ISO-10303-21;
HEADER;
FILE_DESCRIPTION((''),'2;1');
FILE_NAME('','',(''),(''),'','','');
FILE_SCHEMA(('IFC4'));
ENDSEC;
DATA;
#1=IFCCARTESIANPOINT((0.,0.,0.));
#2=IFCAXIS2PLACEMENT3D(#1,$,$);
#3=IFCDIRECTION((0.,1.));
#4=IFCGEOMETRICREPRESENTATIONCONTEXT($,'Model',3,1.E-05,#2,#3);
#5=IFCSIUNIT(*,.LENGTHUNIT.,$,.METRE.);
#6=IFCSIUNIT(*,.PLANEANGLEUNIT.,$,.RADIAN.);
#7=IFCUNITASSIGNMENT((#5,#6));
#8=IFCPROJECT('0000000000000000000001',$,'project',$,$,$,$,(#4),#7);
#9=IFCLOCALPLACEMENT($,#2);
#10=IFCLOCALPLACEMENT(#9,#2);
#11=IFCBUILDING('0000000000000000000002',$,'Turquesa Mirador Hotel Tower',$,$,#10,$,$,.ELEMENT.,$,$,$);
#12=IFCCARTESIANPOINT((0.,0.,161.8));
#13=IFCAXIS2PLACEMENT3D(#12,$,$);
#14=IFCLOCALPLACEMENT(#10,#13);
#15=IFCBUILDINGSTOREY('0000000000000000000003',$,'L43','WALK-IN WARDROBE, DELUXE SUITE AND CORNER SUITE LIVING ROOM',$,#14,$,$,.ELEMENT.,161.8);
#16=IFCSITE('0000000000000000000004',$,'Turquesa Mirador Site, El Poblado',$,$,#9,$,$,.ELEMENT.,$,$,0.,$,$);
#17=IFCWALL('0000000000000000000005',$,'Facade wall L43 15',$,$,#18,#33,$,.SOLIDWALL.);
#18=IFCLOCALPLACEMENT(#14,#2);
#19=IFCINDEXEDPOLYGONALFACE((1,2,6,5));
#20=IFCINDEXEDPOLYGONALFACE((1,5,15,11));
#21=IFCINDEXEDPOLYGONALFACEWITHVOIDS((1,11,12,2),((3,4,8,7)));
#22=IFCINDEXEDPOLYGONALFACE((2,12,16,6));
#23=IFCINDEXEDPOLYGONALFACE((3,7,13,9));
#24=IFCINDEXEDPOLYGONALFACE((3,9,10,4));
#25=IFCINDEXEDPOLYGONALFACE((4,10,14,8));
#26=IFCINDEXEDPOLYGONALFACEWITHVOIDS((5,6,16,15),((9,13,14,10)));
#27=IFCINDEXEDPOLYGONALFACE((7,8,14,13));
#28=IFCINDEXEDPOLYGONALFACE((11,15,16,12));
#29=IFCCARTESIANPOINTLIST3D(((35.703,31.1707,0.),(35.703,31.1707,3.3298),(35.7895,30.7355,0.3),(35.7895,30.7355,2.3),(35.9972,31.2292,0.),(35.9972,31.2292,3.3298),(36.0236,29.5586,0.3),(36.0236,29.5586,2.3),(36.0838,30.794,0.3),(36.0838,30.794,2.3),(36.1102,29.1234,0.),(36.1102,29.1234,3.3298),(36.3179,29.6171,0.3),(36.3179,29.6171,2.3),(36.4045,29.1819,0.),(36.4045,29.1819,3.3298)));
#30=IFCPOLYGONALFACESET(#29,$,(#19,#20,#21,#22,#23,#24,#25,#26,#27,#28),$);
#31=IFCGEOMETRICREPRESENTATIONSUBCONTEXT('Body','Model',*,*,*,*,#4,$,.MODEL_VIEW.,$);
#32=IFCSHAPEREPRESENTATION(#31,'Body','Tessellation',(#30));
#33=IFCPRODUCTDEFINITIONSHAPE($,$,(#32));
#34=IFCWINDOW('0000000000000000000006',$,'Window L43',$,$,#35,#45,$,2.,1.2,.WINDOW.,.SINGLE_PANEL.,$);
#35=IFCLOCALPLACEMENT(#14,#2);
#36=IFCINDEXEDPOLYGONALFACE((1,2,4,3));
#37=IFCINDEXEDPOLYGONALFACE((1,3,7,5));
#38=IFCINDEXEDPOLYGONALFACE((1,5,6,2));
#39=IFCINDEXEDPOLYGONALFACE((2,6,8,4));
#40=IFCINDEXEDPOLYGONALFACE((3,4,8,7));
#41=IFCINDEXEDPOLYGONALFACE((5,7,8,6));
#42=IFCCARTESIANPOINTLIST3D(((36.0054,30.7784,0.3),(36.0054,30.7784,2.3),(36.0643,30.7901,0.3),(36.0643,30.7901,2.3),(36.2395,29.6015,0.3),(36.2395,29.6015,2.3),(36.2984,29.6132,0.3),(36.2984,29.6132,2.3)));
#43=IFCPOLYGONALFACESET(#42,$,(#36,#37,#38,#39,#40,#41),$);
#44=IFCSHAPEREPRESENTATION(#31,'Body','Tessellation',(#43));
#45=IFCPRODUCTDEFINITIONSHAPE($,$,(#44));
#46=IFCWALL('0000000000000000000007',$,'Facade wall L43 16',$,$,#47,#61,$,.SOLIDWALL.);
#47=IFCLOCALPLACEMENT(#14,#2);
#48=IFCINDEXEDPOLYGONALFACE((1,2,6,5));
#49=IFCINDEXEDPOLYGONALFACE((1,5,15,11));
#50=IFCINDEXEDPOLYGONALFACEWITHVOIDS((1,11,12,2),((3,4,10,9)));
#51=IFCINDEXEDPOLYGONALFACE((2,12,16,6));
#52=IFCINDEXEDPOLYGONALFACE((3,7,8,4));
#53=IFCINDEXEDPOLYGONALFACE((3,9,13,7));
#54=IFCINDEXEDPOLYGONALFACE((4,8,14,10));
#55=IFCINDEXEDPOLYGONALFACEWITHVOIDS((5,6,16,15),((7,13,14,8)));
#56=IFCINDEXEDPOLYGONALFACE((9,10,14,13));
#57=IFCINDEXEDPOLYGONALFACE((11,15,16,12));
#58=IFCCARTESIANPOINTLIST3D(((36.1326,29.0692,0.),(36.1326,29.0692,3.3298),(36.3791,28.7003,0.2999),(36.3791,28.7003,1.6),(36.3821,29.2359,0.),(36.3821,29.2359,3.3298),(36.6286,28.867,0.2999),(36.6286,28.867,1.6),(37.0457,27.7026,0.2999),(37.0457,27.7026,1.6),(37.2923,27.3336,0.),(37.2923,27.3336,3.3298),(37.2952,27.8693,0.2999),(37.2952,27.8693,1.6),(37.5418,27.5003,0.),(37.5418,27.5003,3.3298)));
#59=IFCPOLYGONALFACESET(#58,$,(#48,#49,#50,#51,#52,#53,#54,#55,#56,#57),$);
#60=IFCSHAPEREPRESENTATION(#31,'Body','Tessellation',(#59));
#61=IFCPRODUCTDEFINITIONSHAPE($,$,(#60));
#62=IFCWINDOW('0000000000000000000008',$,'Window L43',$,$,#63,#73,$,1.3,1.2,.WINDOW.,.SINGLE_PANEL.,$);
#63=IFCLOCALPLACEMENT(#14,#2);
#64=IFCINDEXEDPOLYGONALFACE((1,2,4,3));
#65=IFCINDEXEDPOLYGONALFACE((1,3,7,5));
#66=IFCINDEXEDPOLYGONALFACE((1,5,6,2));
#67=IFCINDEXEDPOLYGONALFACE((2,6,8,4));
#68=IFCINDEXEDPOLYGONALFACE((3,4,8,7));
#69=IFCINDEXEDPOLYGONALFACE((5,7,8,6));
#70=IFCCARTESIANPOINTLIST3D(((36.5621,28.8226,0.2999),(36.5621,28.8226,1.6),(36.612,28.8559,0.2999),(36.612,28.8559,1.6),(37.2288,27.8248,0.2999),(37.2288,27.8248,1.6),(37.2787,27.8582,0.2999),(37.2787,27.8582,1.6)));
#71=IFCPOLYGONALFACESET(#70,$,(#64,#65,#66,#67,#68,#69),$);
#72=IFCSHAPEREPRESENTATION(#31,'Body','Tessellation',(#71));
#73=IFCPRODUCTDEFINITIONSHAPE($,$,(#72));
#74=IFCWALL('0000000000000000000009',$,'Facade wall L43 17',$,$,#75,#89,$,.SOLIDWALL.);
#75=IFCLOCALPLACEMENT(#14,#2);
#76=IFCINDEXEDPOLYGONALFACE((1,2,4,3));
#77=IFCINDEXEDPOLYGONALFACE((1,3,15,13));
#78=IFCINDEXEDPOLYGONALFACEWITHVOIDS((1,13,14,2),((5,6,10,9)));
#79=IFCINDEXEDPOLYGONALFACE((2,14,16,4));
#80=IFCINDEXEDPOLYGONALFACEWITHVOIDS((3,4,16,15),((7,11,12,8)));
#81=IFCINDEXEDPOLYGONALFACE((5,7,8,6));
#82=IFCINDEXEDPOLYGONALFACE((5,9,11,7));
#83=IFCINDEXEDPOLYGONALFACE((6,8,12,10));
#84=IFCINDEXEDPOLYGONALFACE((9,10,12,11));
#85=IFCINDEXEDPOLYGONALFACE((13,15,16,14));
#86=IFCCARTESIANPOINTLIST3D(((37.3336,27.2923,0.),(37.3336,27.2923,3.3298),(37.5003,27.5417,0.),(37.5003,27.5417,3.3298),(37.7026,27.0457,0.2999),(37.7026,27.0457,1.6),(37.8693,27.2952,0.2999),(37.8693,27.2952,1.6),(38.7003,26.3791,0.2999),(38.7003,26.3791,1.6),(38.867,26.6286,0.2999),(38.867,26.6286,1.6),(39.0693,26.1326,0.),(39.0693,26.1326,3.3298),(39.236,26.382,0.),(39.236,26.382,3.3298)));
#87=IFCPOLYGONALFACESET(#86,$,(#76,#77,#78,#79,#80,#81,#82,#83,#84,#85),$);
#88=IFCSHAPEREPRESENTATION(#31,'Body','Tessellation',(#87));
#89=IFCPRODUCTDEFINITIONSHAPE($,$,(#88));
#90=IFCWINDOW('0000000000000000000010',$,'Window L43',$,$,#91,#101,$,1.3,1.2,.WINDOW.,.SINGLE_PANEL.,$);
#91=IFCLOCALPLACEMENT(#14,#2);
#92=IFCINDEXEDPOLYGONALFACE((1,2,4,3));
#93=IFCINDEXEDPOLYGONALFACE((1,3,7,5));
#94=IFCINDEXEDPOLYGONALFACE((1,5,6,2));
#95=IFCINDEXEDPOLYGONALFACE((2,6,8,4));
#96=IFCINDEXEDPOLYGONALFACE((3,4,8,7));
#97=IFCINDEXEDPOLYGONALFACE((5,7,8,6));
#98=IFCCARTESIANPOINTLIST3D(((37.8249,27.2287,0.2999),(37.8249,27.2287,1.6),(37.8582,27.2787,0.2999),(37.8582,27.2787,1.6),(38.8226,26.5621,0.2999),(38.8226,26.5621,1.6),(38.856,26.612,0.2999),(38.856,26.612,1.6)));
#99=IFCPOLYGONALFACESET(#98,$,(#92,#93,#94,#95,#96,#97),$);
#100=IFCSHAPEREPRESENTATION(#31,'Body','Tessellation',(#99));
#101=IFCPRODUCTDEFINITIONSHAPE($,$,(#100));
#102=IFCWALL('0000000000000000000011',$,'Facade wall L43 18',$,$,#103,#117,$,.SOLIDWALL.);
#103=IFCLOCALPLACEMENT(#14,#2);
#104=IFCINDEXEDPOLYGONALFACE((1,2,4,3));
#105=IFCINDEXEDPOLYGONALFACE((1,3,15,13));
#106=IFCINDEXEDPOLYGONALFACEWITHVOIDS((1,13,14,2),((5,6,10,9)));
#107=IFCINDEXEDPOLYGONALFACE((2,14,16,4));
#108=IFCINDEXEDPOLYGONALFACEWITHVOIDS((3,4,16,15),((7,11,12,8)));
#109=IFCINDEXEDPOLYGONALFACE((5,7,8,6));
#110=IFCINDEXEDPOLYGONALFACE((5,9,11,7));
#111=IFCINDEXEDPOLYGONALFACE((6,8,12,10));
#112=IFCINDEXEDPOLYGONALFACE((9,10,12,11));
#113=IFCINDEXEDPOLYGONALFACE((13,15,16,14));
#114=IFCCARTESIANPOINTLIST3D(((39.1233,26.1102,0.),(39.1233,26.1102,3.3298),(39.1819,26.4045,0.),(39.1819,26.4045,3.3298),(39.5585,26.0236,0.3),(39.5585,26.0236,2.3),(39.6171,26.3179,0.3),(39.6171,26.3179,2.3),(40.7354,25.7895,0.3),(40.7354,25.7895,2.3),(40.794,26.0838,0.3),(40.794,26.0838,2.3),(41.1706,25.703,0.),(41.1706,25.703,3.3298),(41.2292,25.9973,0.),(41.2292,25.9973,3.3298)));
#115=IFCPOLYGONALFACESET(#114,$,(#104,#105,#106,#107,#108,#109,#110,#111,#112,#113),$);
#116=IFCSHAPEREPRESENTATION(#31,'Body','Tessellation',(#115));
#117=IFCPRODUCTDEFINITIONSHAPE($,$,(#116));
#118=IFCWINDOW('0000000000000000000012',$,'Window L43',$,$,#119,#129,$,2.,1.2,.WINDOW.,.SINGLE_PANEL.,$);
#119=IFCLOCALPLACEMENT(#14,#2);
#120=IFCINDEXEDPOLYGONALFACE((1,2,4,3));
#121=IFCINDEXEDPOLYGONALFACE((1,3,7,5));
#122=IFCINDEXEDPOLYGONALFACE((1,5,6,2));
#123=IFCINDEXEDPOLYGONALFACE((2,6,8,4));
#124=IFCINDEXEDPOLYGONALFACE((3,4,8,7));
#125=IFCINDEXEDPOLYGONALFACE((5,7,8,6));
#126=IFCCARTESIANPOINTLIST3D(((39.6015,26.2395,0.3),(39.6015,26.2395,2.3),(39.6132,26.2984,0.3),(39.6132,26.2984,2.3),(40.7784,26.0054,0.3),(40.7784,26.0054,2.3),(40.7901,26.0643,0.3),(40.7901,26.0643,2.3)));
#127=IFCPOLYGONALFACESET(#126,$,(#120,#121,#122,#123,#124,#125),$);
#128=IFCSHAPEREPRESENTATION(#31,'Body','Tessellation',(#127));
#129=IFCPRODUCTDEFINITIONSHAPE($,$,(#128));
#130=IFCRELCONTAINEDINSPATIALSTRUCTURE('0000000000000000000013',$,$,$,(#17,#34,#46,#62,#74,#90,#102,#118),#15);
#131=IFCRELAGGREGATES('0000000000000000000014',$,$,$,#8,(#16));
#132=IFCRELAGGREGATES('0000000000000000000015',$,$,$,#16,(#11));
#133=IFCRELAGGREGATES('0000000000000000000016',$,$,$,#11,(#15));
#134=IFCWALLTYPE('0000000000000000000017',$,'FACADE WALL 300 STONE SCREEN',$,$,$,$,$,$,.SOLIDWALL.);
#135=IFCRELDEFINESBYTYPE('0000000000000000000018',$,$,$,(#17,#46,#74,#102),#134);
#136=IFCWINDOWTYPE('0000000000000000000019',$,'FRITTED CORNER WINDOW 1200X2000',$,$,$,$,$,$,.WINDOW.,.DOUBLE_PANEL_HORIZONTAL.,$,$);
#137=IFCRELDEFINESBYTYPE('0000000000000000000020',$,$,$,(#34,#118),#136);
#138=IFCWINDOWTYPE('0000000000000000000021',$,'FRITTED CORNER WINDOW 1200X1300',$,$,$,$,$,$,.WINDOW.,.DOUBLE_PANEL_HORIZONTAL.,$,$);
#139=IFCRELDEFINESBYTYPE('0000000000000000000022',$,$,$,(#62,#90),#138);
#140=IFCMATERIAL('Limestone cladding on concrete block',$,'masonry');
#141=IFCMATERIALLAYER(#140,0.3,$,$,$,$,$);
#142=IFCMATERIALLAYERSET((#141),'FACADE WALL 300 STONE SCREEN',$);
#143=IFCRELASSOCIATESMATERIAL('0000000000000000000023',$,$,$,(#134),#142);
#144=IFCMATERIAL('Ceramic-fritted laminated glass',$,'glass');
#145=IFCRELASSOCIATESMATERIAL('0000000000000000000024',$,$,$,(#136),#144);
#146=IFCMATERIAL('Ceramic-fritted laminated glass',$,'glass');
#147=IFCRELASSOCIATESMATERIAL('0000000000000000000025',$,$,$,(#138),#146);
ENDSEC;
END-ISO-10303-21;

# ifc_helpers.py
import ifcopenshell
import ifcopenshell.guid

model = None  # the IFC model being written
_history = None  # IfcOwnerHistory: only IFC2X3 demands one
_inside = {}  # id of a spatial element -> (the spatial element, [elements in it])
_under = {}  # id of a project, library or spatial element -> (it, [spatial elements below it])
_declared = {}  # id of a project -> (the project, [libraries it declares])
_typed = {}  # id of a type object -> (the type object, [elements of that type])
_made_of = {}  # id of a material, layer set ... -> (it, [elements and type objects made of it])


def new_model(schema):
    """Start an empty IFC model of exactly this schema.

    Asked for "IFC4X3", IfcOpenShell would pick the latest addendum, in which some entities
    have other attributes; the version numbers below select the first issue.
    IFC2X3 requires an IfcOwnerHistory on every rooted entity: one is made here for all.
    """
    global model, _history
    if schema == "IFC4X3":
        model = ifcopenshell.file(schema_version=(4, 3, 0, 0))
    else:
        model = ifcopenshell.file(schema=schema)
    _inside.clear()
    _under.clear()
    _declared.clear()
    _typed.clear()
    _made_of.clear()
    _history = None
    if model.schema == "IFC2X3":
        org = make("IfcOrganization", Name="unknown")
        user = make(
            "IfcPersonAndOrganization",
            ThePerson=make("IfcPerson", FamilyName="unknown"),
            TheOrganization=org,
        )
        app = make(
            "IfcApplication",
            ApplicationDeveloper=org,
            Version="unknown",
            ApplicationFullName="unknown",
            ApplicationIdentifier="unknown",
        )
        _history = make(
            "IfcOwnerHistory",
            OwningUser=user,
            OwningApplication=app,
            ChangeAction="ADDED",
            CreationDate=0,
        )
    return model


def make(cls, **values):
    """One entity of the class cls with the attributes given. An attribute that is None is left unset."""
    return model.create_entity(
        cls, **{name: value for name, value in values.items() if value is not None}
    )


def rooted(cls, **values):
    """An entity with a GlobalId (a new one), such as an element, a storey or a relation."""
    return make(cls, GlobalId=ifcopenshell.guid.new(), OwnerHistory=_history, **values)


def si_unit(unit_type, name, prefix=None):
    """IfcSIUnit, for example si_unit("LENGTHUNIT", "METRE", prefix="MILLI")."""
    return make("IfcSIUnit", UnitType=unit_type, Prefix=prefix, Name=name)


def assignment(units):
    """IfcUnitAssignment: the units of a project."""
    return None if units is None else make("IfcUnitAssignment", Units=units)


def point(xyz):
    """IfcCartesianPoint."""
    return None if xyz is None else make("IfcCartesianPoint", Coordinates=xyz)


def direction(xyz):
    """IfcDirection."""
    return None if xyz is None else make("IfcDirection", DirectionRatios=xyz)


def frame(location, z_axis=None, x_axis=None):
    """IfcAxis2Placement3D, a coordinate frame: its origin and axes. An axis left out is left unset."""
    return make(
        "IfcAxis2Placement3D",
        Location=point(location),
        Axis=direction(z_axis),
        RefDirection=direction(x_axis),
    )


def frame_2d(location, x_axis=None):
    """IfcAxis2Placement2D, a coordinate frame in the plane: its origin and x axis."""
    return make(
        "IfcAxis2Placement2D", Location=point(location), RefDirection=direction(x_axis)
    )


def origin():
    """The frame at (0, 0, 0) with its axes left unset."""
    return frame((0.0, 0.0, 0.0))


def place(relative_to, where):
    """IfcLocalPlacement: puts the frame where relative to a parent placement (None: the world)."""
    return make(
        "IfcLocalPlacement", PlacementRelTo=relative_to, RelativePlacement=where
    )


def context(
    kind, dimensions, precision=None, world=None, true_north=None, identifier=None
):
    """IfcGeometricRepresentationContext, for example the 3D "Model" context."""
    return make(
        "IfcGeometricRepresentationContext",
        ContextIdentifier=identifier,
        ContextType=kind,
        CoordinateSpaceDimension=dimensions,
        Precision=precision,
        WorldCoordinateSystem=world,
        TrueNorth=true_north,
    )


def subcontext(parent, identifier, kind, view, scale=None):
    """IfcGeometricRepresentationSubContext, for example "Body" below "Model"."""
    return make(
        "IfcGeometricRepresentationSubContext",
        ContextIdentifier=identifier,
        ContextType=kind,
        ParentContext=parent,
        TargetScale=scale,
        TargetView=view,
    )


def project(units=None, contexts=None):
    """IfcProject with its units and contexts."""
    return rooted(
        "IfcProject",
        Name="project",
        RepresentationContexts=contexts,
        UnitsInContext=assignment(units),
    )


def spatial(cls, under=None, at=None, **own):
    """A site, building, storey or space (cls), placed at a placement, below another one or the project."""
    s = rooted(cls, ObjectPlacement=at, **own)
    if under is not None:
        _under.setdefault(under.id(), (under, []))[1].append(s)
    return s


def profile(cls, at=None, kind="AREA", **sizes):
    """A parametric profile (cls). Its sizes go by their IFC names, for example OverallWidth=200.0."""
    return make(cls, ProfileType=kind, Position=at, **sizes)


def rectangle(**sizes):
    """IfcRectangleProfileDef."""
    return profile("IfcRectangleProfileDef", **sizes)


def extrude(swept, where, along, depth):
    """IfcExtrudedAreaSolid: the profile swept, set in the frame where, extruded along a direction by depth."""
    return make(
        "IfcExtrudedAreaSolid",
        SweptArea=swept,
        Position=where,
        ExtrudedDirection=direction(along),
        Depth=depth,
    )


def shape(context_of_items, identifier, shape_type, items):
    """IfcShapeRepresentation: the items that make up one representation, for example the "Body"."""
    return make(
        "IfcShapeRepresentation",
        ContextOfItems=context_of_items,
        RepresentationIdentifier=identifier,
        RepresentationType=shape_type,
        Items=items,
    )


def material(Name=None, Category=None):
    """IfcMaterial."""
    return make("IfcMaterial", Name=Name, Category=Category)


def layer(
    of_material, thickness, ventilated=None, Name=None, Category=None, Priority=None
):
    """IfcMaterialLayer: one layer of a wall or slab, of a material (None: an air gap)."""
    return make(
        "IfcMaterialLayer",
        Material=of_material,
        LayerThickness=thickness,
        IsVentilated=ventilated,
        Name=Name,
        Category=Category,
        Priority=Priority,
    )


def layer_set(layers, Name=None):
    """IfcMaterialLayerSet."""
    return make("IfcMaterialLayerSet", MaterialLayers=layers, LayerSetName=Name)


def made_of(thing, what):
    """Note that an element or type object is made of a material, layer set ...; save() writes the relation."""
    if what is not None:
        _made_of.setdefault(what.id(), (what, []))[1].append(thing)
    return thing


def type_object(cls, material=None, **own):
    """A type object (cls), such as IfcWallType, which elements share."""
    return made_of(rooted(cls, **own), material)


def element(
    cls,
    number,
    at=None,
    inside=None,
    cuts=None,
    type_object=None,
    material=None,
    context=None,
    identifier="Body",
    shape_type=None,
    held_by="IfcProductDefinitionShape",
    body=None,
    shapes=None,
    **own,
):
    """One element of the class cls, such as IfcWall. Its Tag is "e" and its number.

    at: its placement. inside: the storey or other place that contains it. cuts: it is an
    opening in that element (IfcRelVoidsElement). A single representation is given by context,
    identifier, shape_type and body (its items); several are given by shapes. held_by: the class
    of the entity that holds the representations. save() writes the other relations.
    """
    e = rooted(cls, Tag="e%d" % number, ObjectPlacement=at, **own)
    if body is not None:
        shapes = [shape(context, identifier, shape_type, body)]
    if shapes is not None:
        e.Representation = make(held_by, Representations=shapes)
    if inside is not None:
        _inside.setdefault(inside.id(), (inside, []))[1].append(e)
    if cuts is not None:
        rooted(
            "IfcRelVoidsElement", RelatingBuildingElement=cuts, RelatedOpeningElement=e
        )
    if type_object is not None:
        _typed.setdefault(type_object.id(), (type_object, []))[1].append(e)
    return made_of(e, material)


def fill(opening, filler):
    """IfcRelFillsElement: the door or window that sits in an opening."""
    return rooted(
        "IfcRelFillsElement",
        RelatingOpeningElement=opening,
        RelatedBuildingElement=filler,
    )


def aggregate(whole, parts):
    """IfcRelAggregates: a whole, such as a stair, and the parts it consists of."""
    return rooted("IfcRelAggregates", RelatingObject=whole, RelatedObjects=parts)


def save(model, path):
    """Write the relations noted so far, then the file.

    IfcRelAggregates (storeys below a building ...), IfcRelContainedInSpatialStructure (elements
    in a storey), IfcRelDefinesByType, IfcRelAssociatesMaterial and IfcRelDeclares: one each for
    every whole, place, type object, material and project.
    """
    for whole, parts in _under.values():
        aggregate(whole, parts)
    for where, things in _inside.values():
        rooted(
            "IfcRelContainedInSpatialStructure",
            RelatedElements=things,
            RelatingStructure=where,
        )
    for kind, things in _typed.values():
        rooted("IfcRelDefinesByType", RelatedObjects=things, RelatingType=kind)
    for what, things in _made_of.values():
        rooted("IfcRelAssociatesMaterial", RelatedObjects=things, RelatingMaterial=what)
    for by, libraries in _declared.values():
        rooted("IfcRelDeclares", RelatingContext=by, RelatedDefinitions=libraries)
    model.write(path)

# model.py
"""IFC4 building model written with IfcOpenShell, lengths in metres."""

from ifc_helpers import new_model, si_unit, direction, frame, frame_2d, origin, place, context, subcontext, project, spatial, rectangle, extrude, material, layer, layer_set, type_object, element, fill, save


model = new_model("IFC4")

# Units and contexts
model_context = context("Model", 3, precision=1e-05, world=origin(), true_north=direction((0.0, 1.0)))
body_context = subcontext(model_context, "Body", "Model", "MODEL_VIEW")
ifc_project = project(units=[si_unit("LENGTHUNIT", "METRE"), si_unit("PLANEANGLEUNIT", "RADIAN")], contexts=[model_context])

# Site, building, storey
site_placement = place(None, origin())
site = spatial("IfcSite", under=ifc_project, at=site_placement, Name="Turquesa Mirador Site, El Poblado", CompositionType="ELEMENT", RefElevation=0.0)
building_placement = place(site_placement, origin())
building = spatial("IfcBuilding", under=site, at=building_placement, Name="Turquesa Mirador Hotel Tower", CompositionType="ELEMENT")
storey_placement = place(building_placement, frame((0.0, 0.0, 161.8)))
storey = spatial("IfcBuildingStorey", under=building, at=storey_placement, Name="L43", Description="WALK-IN WARDROBE, DELUXE SUITE AND CORNER SUITE LIVING ROOM", CompositionType="ELEMENT", Elevation=161.8)

# Walls, openings, windows
ifc_material_1 = material(Name="Limestone cladding on concrete block", Category="masonry")
ifc_layer_1 = layer(ifc_material_1, 0.3)
ifc_layer_set_1 = layer_set([ifc_layer_1], Name="FACADE WALL 300 STONE SCREEN")
wall_type = type_object("IfcWallType", Name="FACADE WALL 300 STONE SCREEN", PredefinedType="SOLIDWALL", material=ifc_layer_set_1)
wall_1_placement = place(storey_placement, frame((35.8501, 31.2, 0.0), z_axis=(0.0, 0.0, 1.0), x_axis=(0.195081, -0.980787, 0.0)))
wall_1 = element("IfcWall", 1, at=wall_1_placement, inside=storey, type_object=wall_type, Name="Facade wall L43 15", PredefinedType="SOLIDWALL", context=body_context, shape_type="SweptSolid", body=[
    extrude(rectangle(XDim=2.0874, YDim=0.3, at=frame_2d((1.0437, 0.0))), origin(), (0.0, 0.0, 1.0), 3.3298),
])
opening_1_placement = place(wall_1_placement, frame((0.4436, 0.0, 0.3)))
opening_1 = element("IfcOpeningElement", 2, at=opening_1_placement, cuts=wall_1, PredefinedType="OPENING", context=body_context, shape_type="SweptSolid", body=[
    extrude(rectangle(XDim=1.2, YDim=2.0, at=frame_2d((0.6001, 1.0))), frame((0.0, 0.1599, 0.0), z_axis=(0.0, -1.0, 0.0), x_axis=(1.0, 0.0, 0.0)), (0.0, 0.0, 1.0), 0.3201),
])
ifc_material_2 = material(Name="Ceramic-fritted laminated glass", Category="glass")
window_type_1 = type_object("IfcWindowType", Name="FRITTED CORNER WINDOW 1200X2000", PartitioningType="DOUBLE_PANEL_HORIZONTAL", PredefinedType="WINDOW", material=ifc_material_2)
window_1_placement = place(opening_1_placement, origin())
window_1 = element("IfcWindow", 3, at=window_1_placement, inside=storey, type_object=window_type_1, Name="Window L43", OverallHeight=2.0, OverallWidth=1.2, PartitioningType="SINGLE_PANEL", PredefinedType="WINDOW", context=body_context, shape_type="SweptSolid", body=[
    extrude(rectangle(XDim=1.2, YDim=2.0, at=frame_2d((0.6001, 1.0))), frame((0.0, 0.1301, 0.0), z_axis=(0.0, -1.0, 0.0), x_axis=(1.0, 0.0, 0.0)), (0.0, 0.0, 1.0), 0.0601),
])
fill(opening_1, window_1)
wall_2_placement = place(storey_placement, frame((36.2573, 29.1526, 0.0), z_axis=(0.0, 0.0, 1.0), x_axis=(0.555564, -0.831474, 0.0)))
wall_2 = element("IfcWall", 4, at=wall_2_placement, inside=storey, type_object=wall_type, Name="Facade wall L43 16", PredefinedType="SOLIDWALL", context=body_context, shape_type="SweptSolid", body=[
    extrude(rectangle(XDim=2.0874, YDim=0.3, at=frame_2d((1.0437, 0.0))), origin(), (0.0, 0.0, 1.0), 3.3298),
])
opening_2_placement = place(wall_2_placement, frame((0.4436, 0.0, 0.3)))
opening_2 = element("IfcOpeningElement", 5, at=opening_2_placement, cuts=wall_2, PredefinedType="OPENING", context=body_context, shape_type="SweptSolid", body=[
    extrude(rectangle(XDim=1.2, YDim=1.3, at=frame_2d((0.6001, 0.6499))), frame((0.0, 0.1599, 0.0), z_axis=(0.0, -1.0, 0.0), x_axis=(1.0, 0.0, 0.0)), (0.0, 0.0, 1.0), 0.3201),
])
ifc_material_3 = material(Name="Ceramic-fritted laminated glass", Category="glass")
window_type_2 = type_object("IfcWindowType", Name="FRITTED CORNER WINDOW 1200X1300", PartitioningType="DOUBLE_PANEL_HORIZONTAL", PredefinedType="WINDOW", material=ifc_material_3)
window_2_placement = place(opening_2_placement, origin())
window_2 = element("IfcWindow", 6, at=window_2_placement, inside=storey, type_object=window_type_2, Name="Window L43", OverallHeight=1.3, OverallWidth=1.2, PartitioningType="SINGLE_PANEL", PredefinedType="WINDOW", context=body_context, shape_type="SweptSolid", body=[
    extrude(rectangle(XDim=1.2, YDim=1.3, at=frame_2d((0.6001, 0.6499))), frame((0.0, 0.1301, 0.0), z_axis=(0.0, -1.0, 0.0), x_axis=(1.0, 0.0, 0.0)), (0.0, 0.0, 1.0), 0.0601),
])
fill(opening_2, window_2)
wall_3_placement = place(storey_placement, frame((37.417, 27.417, 0.0), z_axis=(0.0, 0.0, 1.0), x_axis=(0.831474, -0.555564, 0.0)))
wall_3 = element("IfcWall", 7, at=wall_3_placement, inside=storey, type_object=wall_type, Name="Facade wall L43 17", PredefinedType="SOLIDWALL", context=body_context, shape_type="SweptSolid", body=[
    extrude(rectangle(XDim=2.0874, YDim=0.3, at=frame_2d((1.0437, 0.0))), origin(), (0.0, 0.0, 1.0), 3.3298),
])
opening_3_placement = place(wall_3_placement, frame((0.4436, 0.0, 0.3)))
opening_3 = element("IfcOpeningElement", 8, at=opening_3_placement, cuts=wall_3, PredefinedType="OPENING", context=body_context, shape_type="SweptSolid", body=[
    extrude(rectangle(XDim=1.2, YDim=1.3, at=frame_2d((0.6001, 0.6499))), frame((0.0, 0.1599, 0.0), z_axis=(0.0, -1.0, 0.0), x_axis=(1.0, 0.0, 0.0)), (0.0, 0.0, 1.0), 0.3201),
])
window_3_placement = place(opening_3_placement, origin())
window_3 = element("IfcWindow", 9, at=window_3_placement, inside=storey, type_object=window_type_2, Name="Window L43", OverallHeight=1.3, OverallWidth=1.2, PartitioningType="SINGLE_PANEL", PredefinedType="WINDOW", context=body_context, shape_type="SweptSolid", body=[
    extrude(rectangle(XDim=1.2, YDim=1.3, at=frame_2d((0.6001, 0.6499))), frame((0.0, 0.1301, 0.0), z_axis=(0.0, -1.0, 0.0), x_axis=(1.0, 0.0, 0.0)), (0.0, 0.0, 1.0), 0.0601),
])
fill(opening_3, window_3)
wall_4_placement = place(storey_placement, frame((39.1526, 26.2573, 0.0), z_axis=(0.0, 0.0, 1.0), x_axis=(0.980787, -0.195081, 0.0)))
wall_4 = element("IfcWall", 10, at=wall_4_placement, inside=storey, type_object=wall_type, Name="Facade wall L43 18", PredefinedType="SOLIDWALL", context=body_context, shape_type="SweptSolid", body=[
    extrude(rectangle(XDim=2.0874, YDim=0.3, at=frame_2d((1.0437, 0.0))), origin(), (0.0, 0.0, 1.0), 3.3298),
])
opening_4_placement = place(wall_4_placement, frame((0.4436, 0.0, 0.3)))
opening_4 = element("IfcOpeningElement", 11, at=opening_4_placement, cuts=wall_4, PredefinedType="OPENING", context=body_context, shape_type="SweptSolid", body=[
    extrude(rectangle(XDim=1.2, YDim=2.0, at=frame_2d((0.6001, 1.0))), frame((0.0, 0.1599, 0.0), z_axis=(0.0, -1.0, 0.0), x_axis=(1.0, 0.0, 0.0)), (0.0, 0.0, 1.0), 0.3201),
])
window_4_placement = place(opening_4_placement, origin())
window_4 = element("IfcWindow", 12, at=window_4_placement, inside=storey, type_object=window_type_1, Name="Window L43", OverallHeight=2.0, OverallWidth=1.2, PartitioningType="SINGLE_PANEL", PredefinedType="WINDOW", context=body_context, shape_type="SweptSolid", body=[
    extrude(rectangle(XDim=1.2, YDim=2.0, at=frame_2d((0.6001, 1.0))), frame((0.0, 0.1301, 0.0), z_axis=(0.0, -1.0, 0.0), x_axis=(1.0, 0.0, 0.0)), (0.0, 0.0, 1.0), 0.0601),
])
fill(opening_4, window_4)

save(model, "model.ifc")
